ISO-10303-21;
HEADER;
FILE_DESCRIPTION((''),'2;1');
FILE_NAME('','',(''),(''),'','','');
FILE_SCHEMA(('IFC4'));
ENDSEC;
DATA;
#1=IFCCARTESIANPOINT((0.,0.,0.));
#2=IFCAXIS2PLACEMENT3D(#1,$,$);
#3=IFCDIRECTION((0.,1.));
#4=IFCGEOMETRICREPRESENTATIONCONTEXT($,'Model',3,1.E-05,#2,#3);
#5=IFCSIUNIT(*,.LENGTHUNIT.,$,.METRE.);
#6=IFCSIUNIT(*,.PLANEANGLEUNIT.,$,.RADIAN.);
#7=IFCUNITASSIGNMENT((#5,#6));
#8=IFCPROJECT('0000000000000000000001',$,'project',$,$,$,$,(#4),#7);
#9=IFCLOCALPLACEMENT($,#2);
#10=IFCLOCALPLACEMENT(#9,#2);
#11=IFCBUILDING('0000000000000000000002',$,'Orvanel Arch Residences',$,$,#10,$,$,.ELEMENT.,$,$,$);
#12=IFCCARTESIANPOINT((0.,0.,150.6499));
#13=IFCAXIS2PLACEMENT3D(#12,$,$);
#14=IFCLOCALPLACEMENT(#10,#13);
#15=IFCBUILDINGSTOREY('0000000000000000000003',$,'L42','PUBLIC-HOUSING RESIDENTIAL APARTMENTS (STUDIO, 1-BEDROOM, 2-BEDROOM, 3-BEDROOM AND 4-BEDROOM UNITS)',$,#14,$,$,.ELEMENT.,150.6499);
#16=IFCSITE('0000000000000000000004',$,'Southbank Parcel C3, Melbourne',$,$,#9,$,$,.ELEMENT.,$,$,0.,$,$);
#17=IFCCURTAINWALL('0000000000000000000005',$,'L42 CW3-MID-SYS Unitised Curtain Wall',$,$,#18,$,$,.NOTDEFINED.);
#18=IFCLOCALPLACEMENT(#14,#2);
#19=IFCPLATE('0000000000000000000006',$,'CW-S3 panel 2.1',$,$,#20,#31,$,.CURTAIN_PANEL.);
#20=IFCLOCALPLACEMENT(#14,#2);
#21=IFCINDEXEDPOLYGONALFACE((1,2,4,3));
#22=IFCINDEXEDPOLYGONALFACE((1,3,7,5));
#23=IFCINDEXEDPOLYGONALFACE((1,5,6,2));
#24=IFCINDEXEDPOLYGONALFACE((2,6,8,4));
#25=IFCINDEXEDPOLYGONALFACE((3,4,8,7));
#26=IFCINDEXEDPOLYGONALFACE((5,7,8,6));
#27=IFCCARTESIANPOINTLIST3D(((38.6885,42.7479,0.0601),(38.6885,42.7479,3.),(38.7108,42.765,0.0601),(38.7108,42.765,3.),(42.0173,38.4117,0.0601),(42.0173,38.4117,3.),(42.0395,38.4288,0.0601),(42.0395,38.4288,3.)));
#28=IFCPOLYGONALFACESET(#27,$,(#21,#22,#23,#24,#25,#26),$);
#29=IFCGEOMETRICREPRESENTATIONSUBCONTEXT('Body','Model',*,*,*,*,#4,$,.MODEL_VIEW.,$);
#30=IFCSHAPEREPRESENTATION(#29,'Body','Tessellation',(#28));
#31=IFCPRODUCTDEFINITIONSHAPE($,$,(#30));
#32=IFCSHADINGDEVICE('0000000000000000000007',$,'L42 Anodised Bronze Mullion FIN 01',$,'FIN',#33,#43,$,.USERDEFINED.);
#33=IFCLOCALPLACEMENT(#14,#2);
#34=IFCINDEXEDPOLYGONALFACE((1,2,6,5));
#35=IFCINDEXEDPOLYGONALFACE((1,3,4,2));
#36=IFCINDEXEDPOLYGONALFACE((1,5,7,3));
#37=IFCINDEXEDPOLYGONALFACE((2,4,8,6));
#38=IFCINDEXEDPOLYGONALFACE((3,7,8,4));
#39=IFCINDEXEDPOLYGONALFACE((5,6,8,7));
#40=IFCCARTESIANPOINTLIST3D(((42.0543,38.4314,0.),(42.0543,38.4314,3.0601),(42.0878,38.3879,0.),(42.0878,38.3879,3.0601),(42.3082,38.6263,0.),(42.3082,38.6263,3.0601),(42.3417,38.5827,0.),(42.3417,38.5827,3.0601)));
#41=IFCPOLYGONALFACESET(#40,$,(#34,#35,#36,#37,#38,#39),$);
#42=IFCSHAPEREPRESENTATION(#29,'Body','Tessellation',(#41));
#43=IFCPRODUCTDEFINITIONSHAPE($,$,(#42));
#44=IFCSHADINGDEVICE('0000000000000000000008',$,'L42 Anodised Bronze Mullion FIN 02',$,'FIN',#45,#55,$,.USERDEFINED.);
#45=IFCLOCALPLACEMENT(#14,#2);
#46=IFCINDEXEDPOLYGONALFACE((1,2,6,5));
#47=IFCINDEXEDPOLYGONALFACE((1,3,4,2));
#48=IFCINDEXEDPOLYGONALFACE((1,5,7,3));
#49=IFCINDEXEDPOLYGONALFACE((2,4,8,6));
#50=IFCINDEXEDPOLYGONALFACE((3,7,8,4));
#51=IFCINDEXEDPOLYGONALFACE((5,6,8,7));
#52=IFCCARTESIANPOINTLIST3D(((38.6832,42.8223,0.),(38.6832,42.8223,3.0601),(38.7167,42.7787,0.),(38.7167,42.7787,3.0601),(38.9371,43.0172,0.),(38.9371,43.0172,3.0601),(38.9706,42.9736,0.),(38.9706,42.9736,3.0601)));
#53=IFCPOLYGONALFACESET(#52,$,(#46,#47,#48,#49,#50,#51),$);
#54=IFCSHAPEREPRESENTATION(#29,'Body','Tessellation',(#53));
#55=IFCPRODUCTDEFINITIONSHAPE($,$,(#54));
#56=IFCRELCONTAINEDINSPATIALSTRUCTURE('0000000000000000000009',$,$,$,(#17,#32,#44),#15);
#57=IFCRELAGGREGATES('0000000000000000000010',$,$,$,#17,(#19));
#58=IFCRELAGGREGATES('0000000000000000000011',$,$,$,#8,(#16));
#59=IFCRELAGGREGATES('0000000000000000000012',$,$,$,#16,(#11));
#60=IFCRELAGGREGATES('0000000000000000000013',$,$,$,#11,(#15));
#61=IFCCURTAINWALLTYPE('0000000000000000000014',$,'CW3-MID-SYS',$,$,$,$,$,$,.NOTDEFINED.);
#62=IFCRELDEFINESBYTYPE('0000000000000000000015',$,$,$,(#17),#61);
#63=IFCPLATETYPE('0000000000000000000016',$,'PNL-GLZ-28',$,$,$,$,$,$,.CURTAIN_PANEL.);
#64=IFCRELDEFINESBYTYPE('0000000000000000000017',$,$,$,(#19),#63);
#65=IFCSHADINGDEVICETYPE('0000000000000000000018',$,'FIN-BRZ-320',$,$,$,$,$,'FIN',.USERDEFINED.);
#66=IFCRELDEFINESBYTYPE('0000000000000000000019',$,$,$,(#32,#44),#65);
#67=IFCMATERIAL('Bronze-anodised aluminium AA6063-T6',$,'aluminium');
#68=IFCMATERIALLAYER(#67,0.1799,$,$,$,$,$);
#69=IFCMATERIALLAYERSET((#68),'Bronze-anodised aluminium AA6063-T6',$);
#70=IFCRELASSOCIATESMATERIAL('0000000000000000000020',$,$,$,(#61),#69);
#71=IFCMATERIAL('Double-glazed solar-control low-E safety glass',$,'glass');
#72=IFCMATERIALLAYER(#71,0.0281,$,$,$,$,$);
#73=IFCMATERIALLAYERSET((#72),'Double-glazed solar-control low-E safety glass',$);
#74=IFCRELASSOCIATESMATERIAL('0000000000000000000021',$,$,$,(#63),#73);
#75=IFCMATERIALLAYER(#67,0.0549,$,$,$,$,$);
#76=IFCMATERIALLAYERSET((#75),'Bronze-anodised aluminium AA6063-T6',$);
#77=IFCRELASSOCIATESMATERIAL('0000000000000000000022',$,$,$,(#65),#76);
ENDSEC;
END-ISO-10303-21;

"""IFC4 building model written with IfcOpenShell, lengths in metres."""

from ifc_helpers import new_model, si_unit, direction, frame, origin, origin_2d, place, context, subcontext, project, spatial, rectangle, extrude, material, layer, layer_set, type_object, element, aggregate, save


model = new_model("IFC4")

# Units and contexts
model_context = context("Model", 3, precision=1e-05, world=origin(), true_north=direction((0.0, 1.0)))
body_context = subcontext(model_context, "Body", "Model", "MODEL_VIEW")
ifc_project = project(units=[si_unit("LENGTHUNIT", "METRE"), si_unit("PLANEANGLEUNIT", "RADIAN")], contexts=[model_context])

# Site, building, storey
site_placement = place(None, origin())
site = spatial("IfcSite", under=ifc_project, at=site_placement, Name="Southbank Parcel C3, Melbourne", CompositionType="ELEMENT", RefElevation=0.0)
building_placement = place(site_placement, origin())
building = spatial("IfcBuilding", under=site, at=building_placement, Name="Orvanel Arch Residences", CompositionType="ELEMENT")
storey_placement = place(building_placement, frame((0.0, 0.0, 150.6499)))
storey = spatial("IfcBuildingStorey", under=building, at=storey_placement, Name="L42", Description="PUBLIC-HOUSING RESIDENTIAL APARTMENTS (STUDIO, 1-BEDROOM, 2-BEDROOM, 3-BEDROOM AND 4-BEDROOM UNITS)", CompositionType="ELEMENT", Elevation=150.6499)

# Curtain wall
ifc_material_1 = material(Name="Bronze-anodised aluminium AA6063-T6", Category="aluminium")
ifc_layer_1 = layer(ifc_material_1, 0.1799)
ifc_layer_set_1 = layer_set([ifc_layer_1], Name="Bronze-anodised aluminium AA6063-T6")
curtain_wall_type = type_object("IfcCurtainWallType", Name="CW3-MID-SYS", PredefinedType="NOTDEFINED", material=ifc_layer_set_1)
curtain_wall_placement = place(storey_placement, origin())
curtain_wall = element("IfcCurtainWall", 1, at=curtain_wall_placement, inside=storey, type_object=curtain_wall_type, Name="L42 CW3-MID-SYS Unitised Curtain Wall", PredefinedType="NOTDEFINED")

# Plate
ifc_material_2 = material(Name="Double-glazed solar-control low-E safety glass", Category="glass")
ifc_layer_2 = layer(ifc_material_2, 0.0281)
ifc_layer_set_2 = layer_set([ifc_layer_2], Name="Double-glazed solar-control low-E safety glass")
plate_type = type_object("IfcPlateType", Name="PNL-GLZ-28", PredefinedType="CURTAIN_PANEL", material=ifc_layer_set_2)
plate_1_placement = place(storey_placement, frame((40.364, 40.5884, 0.0601), z_axis=(0.0, 0.0, 1.0), x_axis=(-0.608931, 0.793223, 0.0)))
plate_1 = element("IfcPlate", 2, at=plate_1_placement, type_object=plate_type, Name="CW-S3 panel 2.1", PredefinedType="CURTAIN_PANEL", context=body_context, shape_type="SweptSolid", body=[
    extrude(rectangle(XDim=5.4666, YDim=0.0281, at=origin_2d()), origin(), (0.0, 0.0, 1.0), 2.9399),
])
aggregate(curtain_wall, [plate_1])

# Shading devices
ifc_layer_3 = layer(ifc_material_1, 0.0549)
ifc_layer_set_3 = layer_set([ifc_layer_3], Name="Bronze-anodised aluminium AA6063-T6")
shading_device_type = type_object("IfcShadingDeviceType", Name="FIN-BRZ-320", ElementType="FIN", PredefinedType="USERDEFINED", material=ifc_layer_set_3)
for number, where, z_axis, x_axis, name in (
    (3, (42.198, 38.5071, 0.0), (0.0, 0.0, 1.0), (0.793353, 0.608761, 0.0), "L42 Anodised Bronze Mullion FIN 01"),
    (4, (38.8269, 42.8979, 0.0), (0.0, 0.0, 1.0), (0.793353, 0.608761, 0.0), "L42 Anodised Bronze Mullion FIN 02"),
):
    element("IfcShadingDevice", number, at=place(storey_placement, frame(where, z_axis=z_axis, x_axis=x_axis)), inside=storey, type_object=shading_device_type, Name=name, ObjectType="FIN", PredefinedType="USERDEFINED", context=body_context, shape_type="SweptSolid", body=[
        extrude(rectangle(XDim=0.3201, YDim=0.0549, at=origin_2d()), origin(), (0.0, 0.0, 1.0), 3.0601),
    ])

save(model, "model.ifc")
